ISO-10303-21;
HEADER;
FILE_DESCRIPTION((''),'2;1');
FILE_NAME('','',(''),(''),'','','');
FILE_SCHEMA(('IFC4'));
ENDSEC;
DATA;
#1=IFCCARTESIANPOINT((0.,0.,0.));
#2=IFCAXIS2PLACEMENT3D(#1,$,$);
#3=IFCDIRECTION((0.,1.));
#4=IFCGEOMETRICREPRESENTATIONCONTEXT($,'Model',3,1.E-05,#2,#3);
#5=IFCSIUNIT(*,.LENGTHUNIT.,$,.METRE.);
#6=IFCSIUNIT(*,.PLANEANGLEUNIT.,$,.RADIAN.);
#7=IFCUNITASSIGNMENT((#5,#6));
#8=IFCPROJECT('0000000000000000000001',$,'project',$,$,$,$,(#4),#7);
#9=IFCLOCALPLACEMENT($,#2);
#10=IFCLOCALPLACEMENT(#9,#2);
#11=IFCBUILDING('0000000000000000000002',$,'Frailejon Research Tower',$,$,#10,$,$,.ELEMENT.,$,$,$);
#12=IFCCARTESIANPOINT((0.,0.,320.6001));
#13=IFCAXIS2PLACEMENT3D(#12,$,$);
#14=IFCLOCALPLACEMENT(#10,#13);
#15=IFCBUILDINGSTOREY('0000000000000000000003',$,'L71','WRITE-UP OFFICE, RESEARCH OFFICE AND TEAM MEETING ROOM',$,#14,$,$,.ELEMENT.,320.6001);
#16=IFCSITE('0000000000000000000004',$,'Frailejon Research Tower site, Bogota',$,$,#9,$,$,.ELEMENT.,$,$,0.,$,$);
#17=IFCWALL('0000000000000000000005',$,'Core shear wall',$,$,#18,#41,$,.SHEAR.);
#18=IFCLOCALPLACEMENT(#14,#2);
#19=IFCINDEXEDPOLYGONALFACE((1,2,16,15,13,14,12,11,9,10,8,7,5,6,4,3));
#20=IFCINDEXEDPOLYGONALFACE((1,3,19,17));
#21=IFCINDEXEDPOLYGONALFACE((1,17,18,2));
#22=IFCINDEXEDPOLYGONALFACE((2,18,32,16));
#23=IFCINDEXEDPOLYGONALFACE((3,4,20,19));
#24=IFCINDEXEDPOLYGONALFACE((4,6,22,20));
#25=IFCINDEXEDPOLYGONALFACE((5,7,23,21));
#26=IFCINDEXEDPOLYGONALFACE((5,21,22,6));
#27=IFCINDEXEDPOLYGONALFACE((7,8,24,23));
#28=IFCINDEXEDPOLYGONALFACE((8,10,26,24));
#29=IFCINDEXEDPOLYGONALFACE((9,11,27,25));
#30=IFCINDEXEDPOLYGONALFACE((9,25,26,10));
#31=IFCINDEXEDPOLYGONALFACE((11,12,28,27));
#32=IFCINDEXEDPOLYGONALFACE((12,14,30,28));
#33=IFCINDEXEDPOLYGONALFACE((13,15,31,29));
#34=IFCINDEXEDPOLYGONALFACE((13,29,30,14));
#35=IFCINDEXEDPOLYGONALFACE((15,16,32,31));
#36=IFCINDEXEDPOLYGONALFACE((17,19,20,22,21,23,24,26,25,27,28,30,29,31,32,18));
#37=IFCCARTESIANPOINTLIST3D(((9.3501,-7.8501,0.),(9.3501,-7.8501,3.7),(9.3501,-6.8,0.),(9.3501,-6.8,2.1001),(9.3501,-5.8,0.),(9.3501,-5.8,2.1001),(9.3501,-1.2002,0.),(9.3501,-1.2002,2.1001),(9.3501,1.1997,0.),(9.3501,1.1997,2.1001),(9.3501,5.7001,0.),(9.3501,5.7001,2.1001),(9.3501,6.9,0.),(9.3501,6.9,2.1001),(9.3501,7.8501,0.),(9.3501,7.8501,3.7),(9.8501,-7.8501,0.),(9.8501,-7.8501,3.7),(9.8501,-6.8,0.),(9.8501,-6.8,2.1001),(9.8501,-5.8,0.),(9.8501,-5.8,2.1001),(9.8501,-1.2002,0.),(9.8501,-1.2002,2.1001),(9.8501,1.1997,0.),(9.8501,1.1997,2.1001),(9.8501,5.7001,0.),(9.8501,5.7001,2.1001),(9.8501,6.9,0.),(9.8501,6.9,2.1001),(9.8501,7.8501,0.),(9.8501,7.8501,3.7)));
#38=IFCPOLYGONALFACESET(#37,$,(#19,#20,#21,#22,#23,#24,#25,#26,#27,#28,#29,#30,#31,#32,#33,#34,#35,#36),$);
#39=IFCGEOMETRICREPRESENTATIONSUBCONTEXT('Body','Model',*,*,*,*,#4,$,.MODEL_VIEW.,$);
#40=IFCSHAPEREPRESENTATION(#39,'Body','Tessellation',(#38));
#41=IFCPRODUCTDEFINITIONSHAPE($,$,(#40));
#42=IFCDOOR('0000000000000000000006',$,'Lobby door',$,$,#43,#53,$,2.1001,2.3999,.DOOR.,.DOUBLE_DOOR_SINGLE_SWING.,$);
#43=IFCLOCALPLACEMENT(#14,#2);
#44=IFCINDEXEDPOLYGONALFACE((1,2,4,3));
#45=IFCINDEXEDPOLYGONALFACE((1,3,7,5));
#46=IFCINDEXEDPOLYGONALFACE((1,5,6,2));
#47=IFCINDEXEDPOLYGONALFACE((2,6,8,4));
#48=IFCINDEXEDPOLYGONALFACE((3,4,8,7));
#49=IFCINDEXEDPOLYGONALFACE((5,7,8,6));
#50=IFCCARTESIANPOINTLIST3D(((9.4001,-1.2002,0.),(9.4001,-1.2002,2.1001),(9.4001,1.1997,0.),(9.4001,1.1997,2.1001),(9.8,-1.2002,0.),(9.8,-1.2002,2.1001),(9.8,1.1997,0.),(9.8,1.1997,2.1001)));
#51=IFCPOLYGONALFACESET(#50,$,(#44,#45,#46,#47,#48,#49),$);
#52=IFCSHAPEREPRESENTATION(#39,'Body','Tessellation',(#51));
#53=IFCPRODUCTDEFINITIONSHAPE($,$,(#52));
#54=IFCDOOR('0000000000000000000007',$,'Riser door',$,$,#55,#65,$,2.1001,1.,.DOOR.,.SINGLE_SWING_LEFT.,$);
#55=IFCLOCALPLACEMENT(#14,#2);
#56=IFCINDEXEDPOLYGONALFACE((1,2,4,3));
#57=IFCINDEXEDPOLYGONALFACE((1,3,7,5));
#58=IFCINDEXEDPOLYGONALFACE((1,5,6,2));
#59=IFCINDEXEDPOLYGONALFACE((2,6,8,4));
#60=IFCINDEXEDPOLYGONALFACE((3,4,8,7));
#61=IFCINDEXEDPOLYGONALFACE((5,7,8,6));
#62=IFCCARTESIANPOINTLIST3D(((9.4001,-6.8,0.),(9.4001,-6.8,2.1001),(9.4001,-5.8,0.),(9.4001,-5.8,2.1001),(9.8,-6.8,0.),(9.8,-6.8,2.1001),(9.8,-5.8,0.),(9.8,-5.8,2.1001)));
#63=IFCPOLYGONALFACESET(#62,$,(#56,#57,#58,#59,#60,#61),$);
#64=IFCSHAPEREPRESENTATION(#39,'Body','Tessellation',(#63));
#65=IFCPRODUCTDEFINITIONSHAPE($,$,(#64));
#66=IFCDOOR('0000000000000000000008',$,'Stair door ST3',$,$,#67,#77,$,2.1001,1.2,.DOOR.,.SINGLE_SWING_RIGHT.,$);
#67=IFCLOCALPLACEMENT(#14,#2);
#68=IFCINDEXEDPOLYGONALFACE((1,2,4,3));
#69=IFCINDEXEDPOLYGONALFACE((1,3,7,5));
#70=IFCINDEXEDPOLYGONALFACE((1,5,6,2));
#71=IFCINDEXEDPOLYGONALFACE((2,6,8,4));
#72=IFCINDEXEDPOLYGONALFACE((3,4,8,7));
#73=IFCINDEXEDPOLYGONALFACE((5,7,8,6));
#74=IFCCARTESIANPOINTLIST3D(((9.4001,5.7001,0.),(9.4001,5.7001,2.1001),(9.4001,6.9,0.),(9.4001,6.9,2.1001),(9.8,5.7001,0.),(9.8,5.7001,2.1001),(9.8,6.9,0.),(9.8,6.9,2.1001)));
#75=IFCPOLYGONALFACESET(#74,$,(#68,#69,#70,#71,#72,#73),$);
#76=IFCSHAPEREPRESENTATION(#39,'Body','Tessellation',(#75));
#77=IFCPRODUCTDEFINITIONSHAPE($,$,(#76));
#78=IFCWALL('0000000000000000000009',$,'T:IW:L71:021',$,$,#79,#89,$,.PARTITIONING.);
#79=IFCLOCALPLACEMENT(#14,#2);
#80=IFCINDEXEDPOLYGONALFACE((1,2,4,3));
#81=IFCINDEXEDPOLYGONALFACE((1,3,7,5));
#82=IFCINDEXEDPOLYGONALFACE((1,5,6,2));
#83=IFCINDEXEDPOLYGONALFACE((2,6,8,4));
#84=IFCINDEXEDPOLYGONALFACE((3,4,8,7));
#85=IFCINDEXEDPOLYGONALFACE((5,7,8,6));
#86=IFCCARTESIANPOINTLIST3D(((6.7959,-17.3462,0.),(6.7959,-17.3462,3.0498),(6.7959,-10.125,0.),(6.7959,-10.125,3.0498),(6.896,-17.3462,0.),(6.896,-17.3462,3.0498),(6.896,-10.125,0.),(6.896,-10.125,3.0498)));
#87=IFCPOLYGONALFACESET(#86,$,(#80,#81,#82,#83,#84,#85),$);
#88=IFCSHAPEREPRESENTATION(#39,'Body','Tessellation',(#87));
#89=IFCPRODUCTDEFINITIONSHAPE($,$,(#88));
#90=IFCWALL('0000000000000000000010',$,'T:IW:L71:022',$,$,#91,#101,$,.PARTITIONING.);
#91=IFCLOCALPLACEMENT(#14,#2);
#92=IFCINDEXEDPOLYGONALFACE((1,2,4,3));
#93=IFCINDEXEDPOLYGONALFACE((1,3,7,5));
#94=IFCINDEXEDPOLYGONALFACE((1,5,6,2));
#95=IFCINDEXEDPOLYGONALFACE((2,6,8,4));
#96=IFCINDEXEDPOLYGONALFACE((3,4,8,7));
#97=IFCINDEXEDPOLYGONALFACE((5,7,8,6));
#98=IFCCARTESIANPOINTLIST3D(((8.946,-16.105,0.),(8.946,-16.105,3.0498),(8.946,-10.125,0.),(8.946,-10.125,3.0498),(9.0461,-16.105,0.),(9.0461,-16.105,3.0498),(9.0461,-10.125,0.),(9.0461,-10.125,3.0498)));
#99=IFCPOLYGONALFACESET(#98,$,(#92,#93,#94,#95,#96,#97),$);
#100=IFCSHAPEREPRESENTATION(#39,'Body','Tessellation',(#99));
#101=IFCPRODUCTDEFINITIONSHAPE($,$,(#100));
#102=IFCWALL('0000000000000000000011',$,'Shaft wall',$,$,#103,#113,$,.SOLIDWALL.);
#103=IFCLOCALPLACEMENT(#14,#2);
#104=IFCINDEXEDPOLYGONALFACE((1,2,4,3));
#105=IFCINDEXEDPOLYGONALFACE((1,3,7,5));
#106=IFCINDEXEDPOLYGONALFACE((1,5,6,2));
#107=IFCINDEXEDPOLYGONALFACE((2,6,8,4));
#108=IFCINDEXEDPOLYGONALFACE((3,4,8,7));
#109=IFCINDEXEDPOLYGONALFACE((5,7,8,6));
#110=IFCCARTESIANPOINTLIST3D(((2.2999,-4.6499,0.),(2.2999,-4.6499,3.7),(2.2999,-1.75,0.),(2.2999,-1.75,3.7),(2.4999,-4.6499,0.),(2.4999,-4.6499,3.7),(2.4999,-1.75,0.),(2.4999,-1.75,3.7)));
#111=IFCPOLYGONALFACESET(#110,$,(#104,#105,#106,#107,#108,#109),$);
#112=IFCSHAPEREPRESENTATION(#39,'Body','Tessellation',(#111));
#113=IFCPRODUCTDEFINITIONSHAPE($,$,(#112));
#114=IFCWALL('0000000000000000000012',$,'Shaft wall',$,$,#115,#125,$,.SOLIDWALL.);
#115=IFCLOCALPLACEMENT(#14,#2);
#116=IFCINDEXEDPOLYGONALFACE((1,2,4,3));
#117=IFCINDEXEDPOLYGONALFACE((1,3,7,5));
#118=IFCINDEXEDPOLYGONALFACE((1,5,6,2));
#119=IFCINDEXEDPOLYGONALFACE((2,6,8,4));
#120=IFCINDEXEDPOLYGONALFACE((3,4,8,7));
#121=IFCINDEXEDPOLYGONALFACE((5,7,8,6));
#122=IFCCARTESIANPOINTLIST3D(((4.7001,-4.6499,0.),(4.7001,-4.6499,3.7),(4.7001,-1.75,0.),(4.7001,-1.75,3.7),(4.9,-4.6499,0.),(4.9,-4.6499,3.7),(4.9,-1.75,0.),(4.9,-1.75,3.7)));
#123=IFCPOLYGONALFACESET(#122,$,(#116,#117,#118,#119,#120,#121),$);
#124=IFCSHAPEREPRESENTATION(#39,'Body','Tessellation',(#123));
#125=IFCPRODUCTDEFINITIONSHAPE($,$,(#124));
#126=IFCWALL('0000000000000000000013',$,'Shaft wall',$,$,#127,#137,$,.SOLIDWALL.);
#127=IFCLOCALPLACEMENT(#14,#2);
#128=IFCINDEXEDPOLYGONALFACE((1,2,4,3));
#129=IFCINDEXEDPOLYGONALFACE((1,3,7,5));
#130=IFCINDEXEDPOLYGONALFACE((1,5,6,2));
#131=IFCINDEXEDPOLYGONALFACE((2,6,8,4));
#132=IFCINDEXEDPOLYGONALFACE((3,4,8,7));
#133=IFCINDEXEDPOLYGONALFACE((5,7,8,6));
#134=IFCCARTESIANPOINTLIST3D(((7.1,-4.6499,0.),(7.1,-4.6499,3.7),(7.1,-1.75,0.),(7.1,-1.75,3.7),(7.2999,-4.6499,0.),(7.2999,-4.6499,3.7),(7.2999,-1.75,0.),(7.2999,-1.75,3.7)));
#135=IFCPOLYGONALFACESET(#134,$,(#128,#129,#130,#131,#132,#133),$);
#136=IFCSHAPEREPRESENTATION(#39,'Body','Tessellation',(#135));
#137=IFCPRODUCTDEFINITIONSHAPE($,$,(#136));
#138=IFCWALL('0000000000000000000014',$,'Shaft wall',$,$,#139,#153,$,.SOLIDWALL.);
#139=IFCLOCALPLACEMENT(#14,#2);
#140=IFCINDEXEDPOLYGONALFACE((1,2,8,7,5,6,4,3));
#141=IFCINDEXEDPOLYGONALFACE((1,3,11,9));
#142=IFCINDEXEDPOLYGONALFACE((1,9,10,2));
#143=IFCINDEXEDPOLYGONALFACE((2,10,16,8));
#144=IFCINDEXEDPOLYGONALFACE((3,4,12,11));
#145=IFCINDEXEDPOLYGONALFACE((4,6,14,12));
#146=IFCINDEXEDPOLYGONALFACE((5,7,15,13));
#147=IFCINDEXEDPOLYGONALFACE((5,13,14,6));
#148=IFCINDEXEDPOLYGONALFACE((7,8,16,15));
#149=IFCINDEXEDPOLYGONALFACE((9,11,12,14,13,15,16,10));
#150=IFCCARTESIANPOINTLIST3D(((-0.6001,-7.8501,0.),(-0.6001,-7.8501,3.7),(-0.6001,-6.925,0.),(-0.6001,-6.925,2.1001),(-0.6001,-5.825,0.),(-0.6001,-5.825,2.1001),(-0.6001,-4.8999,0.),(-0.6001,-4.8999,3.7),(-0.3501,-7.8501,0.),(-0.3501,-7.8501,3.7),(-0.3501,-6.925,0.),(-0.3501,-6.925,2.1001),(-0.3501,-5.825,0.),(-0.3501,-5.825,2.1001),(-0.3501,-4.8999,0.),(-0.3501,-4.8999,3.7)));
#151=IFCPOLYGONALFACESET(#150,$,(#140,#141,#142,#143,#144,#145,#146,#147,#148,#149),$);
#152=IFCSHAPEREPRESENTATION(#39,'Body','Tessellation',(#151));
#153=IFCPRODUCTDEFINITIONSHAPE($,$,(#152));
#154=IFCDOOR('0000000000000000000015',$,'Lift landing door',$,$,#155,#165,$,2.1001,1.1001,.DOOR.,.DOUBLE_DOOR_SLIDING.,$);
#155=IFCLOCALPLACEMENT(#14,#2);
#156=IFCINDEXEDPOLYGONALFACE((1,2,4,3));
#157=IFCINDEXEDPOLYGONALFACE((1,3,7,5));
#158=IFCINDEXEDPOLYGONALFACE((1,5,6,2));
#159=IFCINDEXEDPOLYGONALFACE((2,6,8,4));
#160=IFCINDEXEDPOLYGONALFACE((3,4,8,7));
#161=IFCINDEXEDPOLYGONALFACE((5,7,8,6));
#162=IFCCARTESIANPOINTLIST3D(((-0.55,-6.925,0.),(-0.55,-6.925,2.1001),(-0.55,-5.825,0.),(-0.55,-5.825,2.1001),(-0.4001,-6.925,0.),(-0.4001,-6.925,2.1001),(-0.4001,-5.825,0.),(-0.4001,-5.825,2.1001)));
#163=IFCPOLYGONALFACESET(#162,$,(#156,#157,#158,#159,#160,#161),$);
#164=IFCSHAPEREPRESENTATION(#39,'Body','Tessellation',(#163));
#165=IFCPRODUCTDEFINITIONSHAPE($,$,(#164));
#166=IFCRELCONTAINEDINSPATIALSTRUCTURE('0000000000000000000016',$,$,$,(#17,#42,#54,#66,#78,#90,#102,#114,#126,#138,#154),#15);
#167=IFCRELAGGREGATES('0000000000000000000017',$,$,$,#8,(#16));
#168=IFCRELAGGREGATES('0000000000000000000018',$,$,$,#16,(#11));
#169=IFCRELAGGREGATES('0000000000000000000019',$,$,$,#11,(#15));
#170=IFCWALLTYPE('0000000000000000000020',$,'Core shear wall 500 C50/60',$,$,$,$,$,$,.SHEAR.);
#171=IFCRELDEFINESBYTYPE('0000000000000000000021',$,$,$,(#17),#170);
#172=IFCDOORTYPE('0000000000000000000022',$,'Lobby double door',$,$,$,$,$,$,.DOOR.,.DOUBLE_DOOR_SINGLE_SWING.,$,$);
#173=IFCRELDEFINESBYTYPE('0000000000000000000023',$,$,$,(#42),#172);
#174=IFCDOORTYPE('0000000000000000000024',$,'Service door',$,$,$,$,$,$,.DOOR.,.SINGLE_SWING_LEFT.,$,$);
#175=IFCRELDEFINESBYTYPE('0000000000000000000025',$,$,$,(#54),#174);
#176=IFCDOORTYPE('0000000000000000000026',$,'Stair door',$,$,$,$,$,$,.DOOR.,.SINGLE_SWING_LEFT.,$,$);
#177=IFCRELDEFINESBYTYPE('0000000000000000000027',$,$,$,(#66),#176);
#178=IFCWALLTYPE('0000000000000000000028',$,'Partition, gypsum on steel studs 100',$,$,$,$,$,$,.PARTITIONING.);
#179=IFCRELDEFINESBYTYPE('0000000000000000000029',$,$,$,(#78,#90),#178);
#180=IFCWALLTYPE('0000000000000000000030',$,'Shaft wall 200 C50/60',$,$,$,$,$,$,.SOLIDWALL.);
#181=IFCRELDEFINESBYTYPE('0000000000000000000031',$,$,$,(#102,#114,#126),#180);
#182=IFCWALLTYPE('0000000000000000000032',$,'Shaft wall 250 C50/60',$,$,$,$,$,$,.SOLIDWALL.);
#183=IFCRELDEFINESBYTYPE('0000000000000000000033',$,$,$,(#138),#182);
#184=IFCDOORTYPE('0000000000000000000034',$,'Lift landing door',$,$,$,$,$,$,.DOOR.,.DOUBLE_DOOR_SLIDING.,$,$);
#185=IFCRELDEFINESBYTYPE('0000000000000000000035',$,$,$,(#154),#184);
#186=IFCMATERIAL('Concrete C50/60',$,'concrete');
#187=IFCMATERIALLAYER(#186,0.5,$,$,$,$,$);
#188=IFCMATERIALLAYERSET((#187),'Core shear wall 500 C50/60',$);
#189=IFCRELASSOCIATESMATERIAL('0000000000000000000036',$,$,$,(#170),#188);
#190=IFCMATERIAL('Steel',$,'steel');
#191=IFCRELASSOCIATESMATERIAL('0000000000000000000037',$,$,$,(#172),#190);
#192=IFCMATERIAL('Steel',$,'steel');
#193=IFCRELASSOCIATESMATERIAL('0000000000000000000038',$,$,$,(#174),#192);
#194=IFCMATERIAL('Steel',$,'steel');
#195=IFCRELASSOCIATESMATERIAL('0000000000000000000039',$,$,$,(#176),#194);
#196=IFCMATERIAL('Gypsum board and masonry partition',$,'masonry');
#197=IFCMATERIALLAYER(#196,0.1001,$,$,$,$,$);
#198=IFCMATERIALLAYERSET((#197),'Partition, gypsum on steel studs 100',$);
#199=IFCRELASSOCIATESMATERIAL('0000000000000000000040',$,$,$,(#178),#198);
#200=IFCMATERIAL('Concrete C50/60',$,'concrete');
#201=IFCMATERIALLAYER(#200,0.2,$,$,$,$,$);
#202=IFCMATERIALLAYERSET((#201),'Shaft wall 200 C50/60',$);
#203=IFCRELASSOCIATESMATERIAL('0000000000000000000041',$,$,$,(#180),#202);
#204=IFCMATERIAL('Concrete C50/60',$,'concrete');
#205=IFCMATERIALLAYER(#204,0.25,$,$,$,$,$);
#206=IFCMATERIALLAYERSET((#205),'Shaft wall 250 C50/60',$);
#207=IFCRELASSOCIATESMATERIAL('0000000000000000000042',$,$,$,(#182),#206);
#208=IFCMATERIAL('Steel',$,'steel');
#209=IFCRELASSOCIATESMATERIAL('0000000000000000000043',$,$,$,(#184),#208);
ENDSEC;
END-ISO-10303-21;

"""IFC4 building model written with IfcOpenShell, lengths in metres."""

from ifc_helpers import new_model, si_unit, direction, frame, frame_2d, origin, place, context, subcontext, project, spatial, rectangle, extrude, material, layer, layer_set, type_object, element, fill, save


model = new_model("IFC4")

# Units and contexts
model_context = context("Model", 3, precision=1e-05, world=origin(), true_north=direction((0.0, 1.0)))
body_context = subcontext(model_context, "Body", "Model", "MODEL_VIEW")
ifc_project = project(units=[si_unit("LENGTHUNIT", "METRE"), si_unit("PLANEANGLEUNIT", "RADIAN")], contexts=[model_context])

# Site, building, storey
site_placement = place(None, origin())
site = spatial("IfcSite", under=ifc_project, at=site_placement, Name="Frailejon Research Tower site, Bogota", CompositionType="ELEMENT", RefElevation=0.0)
building_placement = place(site_placement, origin())
building = spatial("IfcBuilding", under=site, at=building_placement, Name="Frailejon Research Tower", CompositionType="ELEMENT")
storey_placement = place(building_placement, frame((0.0, 0.0, 320.6001)))
storey = spatial("IfcBuildingStorey", under=building, at=storey_placement, Name="L71", Description="WRITE-UP OFFICE, RESEARCH OFFICE AND TEAM MEETING ROOM", CompositionType="ELEMENT", Elevation=320.6001)

# Wall, openings, doors
ifc_material_1 = material(Name="Concrete C50/60", Category="concrete")
ifc_layer_1 = layer(ifc_material_1, 0.5)
ifc_layer_set_1 = layer_set([ifc_layer_1], Name="Core shear wall 500 C50/60")
wall_type_1 = type_object("IfcWallType", Name="Core shear wall 500 C50/60", PredefinedType="SHEAR", material=ifc_layer_set_1)
wall_1_placement = place(storey_placement, frame((9.6001, -7.8501, 0.0), z_axis=(0.0, 0.0, 1.0), x_axis=(0.0, 1.0, 0.0)))
wall_1 = element("IfcWall", 1, at=wall_1_placement, inside=storey, type_object=wall_type_1, Name="Core shear wall", PredefinedType="SHEAR", context=body_context, shape_type="SweptSolid", body=[
    extrude(rectangle(XDim=15.7002, YDim=0.5, at=frame_2d((7.8501, 0.0))), origin(), (0.0, 0.0, 1.0), 3.7),
])
opening_1_placement = place(wall_1_placement, frame((6.6499, 0.0, 0.0)))
opening_1 = element("IfcOpeningElement", 2, at=opening_1_placement, cuts=wall_1, PredefinedType="OPENING", context=body_context, shape_type="SweptSolid", body=[
    extrude(rectangle(XDim=2.3999, YDim=2.1001, at=frame_2d((1.2, 1.05))), frame((0.0, 0.26, 0.0), z_axis=(0.0, -1.0, 0.0), x_axis=(1.0, 0.0, 0.0)), (0.0, 0.0, 1.0), 0.52),
])
opening_2_placement = place(wall_1_placement, frame((13.55, 0.0, 0.0)))
opening_2 = element("IfcOpeningElement", 3, at=opening_2_placement, cuts=wall_1, PredefinedType="OPENING", context=body_context, shape_type="SweptSolid", body=[
    extrude(rectangle(XDim=1.2, YDim=2.1001, at=frame_2d((0.6001, 1.05))), frame((0.0, 0.26, 0.0), z_axis=(0.0, -1.0, 0.0), x_axis=(1.0, 0.0, 0.0)), (0.0, 0.0, 1.0), 0.52),
])
opening_3_placement = place(wall_1_placement, frame((1.05, 0.0, 0.0)))
opening_3 = element("IfcOpeningElement", 4, at=opening_3_placement, cuts=wall_1, PredefinedType="OPENING", context=body_context, shape_type="SweptSolid", body=[
    extrude(rectangle(XDim=1.0, YDim=2.1001, at=frame_2d((0.5, 1.05))), frame((0.0, 0.26, 0.0), z_axis=(0.0, -1.0, 0.0), x_axis=(1.0, 0.0, 0.0)), (0.0, 0.0, 1.0), 0.52),
])
ifc_material_2 = material(Name="Steel", Category="steel")
door_type_1 = type_object("IfcDoorType", Name="Lobby double door", OperationType="DOUBLE_DOOR_SINGLE_SWING", PredefinedType="DOOR", material=ifc_material_2)
door_1_placement = place(opening_1_placement, origin())
door_1 = element("IfcDoor", 5, at=door_1_placement, inside=storey, type_object=door_type_1, Name="Lobby door", OperationType="DOUBLE_DOOR_SINGLE_SWING", OverallHeight=2.1001, OverallWidth=2.3999, PredefinedType="DOOR", context=body_context, shape_type="SweptSolid", body=[
    extrude(rectangle(XDim=2.3999, YDim=2.1001, at=frame_2d((1.2, 1.05))), frame((0.0, 0.2, 0.0), z_axis=(0.0, -1.0, 0.0), x_axis=(1.0, 0.0, 0.0)), (0.0, 0.0, 1.0), 0.3999),
])
fill(opening_1, door_1)
ifc_material_3 = material(Name="Steel", Category="steel")
door_type_2 = type_object("IfcDoorType", Name="Service door", OperationType="SINGLE_SWING_LEFT", PredefinedType="DOOR", material=ifc_material_3)
door_2_placement = place(opening_3_placement, origin())
door_2 = element("IfcDoor", 6, at=door_2_placement, inside=storey, type_object=door_type_2, Name="Riser door", OperationType="SINGLE_SWING_LEFT", OverallHeight=2.1001, OverallWidth=1.0, PredefinedType="DOOR", context=body_context, shape_type="SweptSolid", body=[
    extrude(rectangle(XDim=1.0, YDim=2.1001, at=frame_2d((0.5, 1.05))), frame((0.0, 0.2, 0.0), z_axis=(0.0, -1.0, 0.0), x_axis=(1.0, 0.0, 0.0)), (0.0, 0.0, 1.0), 0.3999),
])
fill(opening_3, door_2)
ifc_material_4 = material(Name="Steel", Category="steel")
door_type_3 = type_object("IfcDoorType", Name="Stair door", OperationType="SINGLE_SWING_LEFT", PredefinedType="DOOR", material=ifc_material_4)
door_3_placement = place(opening_2_placement, origin())
door_3 = element("IfcDoor", 7, at=door_3_placement, inside=storey, type_object=door_type_3, Name="Stair door ST3", OperationType="SINGLE_SWING_RIGHT", OverallHeight=2.1001, OverallWidth=1.2, PredefinedType="DOOR", context=body_context, shape_type="SweptSolid", body=[
    extrude(rectangle(XDim=1.2, YDim=2.1001, at=frame_2d((0.6001, 1.05))), frame((0.0, 0.2, 0.0), z_axis=(0.0, -1.0, 0.0), x_axis=(1.0, 0.0, 0.0)), (0.0, 0.0, 1.0), 0.3999),
])
fill(opening_2, door_3)

# Walls
ifc_material_5 = material(Name="Gypsum board and masonry partition", Category="masonry")
ifc_layer_2 = layer(ifc_material_5, 0.1001)
ifc_layer_set_2 = layer_set([ifc_layer_2], Name="Partition, gypsum on steel studs 100")
wall_type_2 = type_object("IfcWallType", Name="Partition, gypsum on steel studs 100", PredefinedType="PARTITIONING", material=ifc_layer_set_2)
wall_2_placement = place(storey_placement, frame((6.8459, -17.3462, 0.0), z_axis=(0.0, 0.0, 1.0), x_axis=(0.0, 1.0, 0.0)))
element("IfcWall", 8, at=wall_2_placement, inside=storey, type_object=wall_type_2, Name="T:IW:L71:021", PredefinedType="PARTITIONING", context=body_context, shape_type="SweptSolid", body=[
    extrude(rectangle(XDim=7.2212, YDim=0.1001, at=frame_2d((3.6106, 0.0))), origin(), (0.0, 0.0, 1.0), 3.0498),
])
wall_3_placement = place(storey_placement, frame((8.9961, -16.105, 0.0), z_axis=(0.0, 0.0, 1.0), x_axis=(0.0, 1.0, 0.0)))
element("IfcWall", 9, at=wall_3_placement, inside=storey, type_object=wall_type_2, Name="T:IW:L71:022", PredefinedType="PARTITIONING", context=body_context, shape_type="SweptSolid", body=[
    extrude(rectangle(XDim=5.98, YDim=0.1001, at=frame_2d((2.99, 0.0))), origin(), (0.0, 0.0, 1.0), 3.0498),
])
ifc_material_6 = material(Name="Concrete C50/60", Category="concrete")
ifc_layer_3 = layer(ifc_material_6, 0.2)
ifc_layer_set_3 = layer_set([ifc_layer_3], Name="Shaft wall 200 C50/60")
wall_type_3 = type_object("IfcWallType", Name="Shaft wall 200 C50/60", PredefinedType="SOLIDWALL", material=ifc_layer_set_3)
for number, where, z_axis, x_axis, name in (
    (10, (2.3999, -4.6499, 0.0), (0.0, 0.0, 1.0), (0.0, 1.0, 0.0), "Shaft wall"),
    (11, (4.8, -4.6499, 0.0), (0.0, 0.0, 1.0), (0.0, 1.0, 0.0), "Shaft wall"),
    (12, (7.2, -4.6499, 0.0), (0.0, 0.0, 1.0), (0.0, 1.0, 0.0), "Shaft wall"),
):
    element("IfcWall", number, at=place(storey_placement, frame(where, z_axis=z_axis, x_axis=x_axis)), inside=storey, type_object=wall_type_3, Name=name, PredefinedType="SOLIDWALL", context=body_context, shape_type="SweptSolid", body=[
        extrude(rectangle(XDim=2.8999, YDim=0.2, at=frame_2d((1.45, 0.0))), origin(), (0.0, 0.0, 1.0), 3.7),
    ])

# Wall, opening, door
ifc_material_7 = material(Name="Concrete C50/60", Category="concrete")
ifc_layer_4 = layer(ifc_material_7, 0.25)
ifc_layer_set_4 = layer_set([ifc_layer_4], Name="Shaft wall 250 C50/60")
wall_type_4 = type_object("IfcWallType", Name="Shaft wall 250 C50/60", PredefinedType="SOLIDWALL", material=ifc_layer_set_4)
wall_4_placement = place(storey_placement, frame((-0.4751, -7.8501, 0.0), z_axis=(0.0, 0.0, 1.0), x_axis=(0.0, 1.0, 0.0)))
wall_4 = element("IfcWall", 13, at=wall_4_placement, inside=storey, type_object=wall_type_4, Name="Shaft wall", PredefinedType="SOLIDWALL", context=body_context, shape_type="SweptSolid", body=[
    extrude(rectangle(XDim=2.9502, YDim=0.25, at=frame_2d((1.4751, 0.0))), origin(), (0.0, 0.0, 1.0), 3.7),
])
opening_4_placement = place(wall_4_placement, frame((0.925, 0.0, 0.0)))
opening_4 = element("IfcOpeningElement", 14, at=opening_4_placement, cuts=wall_4, PredefinedType="OPENING", context=body_context, shape_type="SweptSolid", body=[
    extrude(rectangle(XDim=1.1001, YDim=2.1001, at=frame_2d((0.55, 1.05))), frame((0.0, 0.135, 0.0), z_axis=(0.0, -1.0, 0.0), x_axis=(1.0, 0.0, 0.0)), (0.0, 0.0, 1.0), 0.27),
])
ifc_material_8 = material(Name="Steel", Category="steel")
door_type_4 = type_object("IfcDoorType", Name="Lift landing door", OperationType="DOUBLE_DOOR_SLIDING", PredefinedType="DOOR", material=ifc_material_8)
door_4_placement = place(opening_4_placement, origin())
door_4 = element("IfcDoor", 15, at=door_4_placement, inside=storey, type_object=door_type_4, Name="Lift landing door", OperationType="DOUBLE_DOOR_SLIDING", OverallHeight=2.1001, OverallWidth=1.1001, PredefinedType="DOOR", context=body_context, shape_type="SweptSolid", body=[
    extrude(rectangle(XDim=1.1001, YDim=2.1001, at=frame_2d((0.55, 1.05))), frame((0.0, 0.075, 0.0), z_axis=(0.0, -1.0, 0.0), x_axis=(1.0, 0.0, 0.0)), (0.0, 0.0, 1.0), 0.1499),
])
fill(opening_4, door_4)

save(model, "model.ifc")
